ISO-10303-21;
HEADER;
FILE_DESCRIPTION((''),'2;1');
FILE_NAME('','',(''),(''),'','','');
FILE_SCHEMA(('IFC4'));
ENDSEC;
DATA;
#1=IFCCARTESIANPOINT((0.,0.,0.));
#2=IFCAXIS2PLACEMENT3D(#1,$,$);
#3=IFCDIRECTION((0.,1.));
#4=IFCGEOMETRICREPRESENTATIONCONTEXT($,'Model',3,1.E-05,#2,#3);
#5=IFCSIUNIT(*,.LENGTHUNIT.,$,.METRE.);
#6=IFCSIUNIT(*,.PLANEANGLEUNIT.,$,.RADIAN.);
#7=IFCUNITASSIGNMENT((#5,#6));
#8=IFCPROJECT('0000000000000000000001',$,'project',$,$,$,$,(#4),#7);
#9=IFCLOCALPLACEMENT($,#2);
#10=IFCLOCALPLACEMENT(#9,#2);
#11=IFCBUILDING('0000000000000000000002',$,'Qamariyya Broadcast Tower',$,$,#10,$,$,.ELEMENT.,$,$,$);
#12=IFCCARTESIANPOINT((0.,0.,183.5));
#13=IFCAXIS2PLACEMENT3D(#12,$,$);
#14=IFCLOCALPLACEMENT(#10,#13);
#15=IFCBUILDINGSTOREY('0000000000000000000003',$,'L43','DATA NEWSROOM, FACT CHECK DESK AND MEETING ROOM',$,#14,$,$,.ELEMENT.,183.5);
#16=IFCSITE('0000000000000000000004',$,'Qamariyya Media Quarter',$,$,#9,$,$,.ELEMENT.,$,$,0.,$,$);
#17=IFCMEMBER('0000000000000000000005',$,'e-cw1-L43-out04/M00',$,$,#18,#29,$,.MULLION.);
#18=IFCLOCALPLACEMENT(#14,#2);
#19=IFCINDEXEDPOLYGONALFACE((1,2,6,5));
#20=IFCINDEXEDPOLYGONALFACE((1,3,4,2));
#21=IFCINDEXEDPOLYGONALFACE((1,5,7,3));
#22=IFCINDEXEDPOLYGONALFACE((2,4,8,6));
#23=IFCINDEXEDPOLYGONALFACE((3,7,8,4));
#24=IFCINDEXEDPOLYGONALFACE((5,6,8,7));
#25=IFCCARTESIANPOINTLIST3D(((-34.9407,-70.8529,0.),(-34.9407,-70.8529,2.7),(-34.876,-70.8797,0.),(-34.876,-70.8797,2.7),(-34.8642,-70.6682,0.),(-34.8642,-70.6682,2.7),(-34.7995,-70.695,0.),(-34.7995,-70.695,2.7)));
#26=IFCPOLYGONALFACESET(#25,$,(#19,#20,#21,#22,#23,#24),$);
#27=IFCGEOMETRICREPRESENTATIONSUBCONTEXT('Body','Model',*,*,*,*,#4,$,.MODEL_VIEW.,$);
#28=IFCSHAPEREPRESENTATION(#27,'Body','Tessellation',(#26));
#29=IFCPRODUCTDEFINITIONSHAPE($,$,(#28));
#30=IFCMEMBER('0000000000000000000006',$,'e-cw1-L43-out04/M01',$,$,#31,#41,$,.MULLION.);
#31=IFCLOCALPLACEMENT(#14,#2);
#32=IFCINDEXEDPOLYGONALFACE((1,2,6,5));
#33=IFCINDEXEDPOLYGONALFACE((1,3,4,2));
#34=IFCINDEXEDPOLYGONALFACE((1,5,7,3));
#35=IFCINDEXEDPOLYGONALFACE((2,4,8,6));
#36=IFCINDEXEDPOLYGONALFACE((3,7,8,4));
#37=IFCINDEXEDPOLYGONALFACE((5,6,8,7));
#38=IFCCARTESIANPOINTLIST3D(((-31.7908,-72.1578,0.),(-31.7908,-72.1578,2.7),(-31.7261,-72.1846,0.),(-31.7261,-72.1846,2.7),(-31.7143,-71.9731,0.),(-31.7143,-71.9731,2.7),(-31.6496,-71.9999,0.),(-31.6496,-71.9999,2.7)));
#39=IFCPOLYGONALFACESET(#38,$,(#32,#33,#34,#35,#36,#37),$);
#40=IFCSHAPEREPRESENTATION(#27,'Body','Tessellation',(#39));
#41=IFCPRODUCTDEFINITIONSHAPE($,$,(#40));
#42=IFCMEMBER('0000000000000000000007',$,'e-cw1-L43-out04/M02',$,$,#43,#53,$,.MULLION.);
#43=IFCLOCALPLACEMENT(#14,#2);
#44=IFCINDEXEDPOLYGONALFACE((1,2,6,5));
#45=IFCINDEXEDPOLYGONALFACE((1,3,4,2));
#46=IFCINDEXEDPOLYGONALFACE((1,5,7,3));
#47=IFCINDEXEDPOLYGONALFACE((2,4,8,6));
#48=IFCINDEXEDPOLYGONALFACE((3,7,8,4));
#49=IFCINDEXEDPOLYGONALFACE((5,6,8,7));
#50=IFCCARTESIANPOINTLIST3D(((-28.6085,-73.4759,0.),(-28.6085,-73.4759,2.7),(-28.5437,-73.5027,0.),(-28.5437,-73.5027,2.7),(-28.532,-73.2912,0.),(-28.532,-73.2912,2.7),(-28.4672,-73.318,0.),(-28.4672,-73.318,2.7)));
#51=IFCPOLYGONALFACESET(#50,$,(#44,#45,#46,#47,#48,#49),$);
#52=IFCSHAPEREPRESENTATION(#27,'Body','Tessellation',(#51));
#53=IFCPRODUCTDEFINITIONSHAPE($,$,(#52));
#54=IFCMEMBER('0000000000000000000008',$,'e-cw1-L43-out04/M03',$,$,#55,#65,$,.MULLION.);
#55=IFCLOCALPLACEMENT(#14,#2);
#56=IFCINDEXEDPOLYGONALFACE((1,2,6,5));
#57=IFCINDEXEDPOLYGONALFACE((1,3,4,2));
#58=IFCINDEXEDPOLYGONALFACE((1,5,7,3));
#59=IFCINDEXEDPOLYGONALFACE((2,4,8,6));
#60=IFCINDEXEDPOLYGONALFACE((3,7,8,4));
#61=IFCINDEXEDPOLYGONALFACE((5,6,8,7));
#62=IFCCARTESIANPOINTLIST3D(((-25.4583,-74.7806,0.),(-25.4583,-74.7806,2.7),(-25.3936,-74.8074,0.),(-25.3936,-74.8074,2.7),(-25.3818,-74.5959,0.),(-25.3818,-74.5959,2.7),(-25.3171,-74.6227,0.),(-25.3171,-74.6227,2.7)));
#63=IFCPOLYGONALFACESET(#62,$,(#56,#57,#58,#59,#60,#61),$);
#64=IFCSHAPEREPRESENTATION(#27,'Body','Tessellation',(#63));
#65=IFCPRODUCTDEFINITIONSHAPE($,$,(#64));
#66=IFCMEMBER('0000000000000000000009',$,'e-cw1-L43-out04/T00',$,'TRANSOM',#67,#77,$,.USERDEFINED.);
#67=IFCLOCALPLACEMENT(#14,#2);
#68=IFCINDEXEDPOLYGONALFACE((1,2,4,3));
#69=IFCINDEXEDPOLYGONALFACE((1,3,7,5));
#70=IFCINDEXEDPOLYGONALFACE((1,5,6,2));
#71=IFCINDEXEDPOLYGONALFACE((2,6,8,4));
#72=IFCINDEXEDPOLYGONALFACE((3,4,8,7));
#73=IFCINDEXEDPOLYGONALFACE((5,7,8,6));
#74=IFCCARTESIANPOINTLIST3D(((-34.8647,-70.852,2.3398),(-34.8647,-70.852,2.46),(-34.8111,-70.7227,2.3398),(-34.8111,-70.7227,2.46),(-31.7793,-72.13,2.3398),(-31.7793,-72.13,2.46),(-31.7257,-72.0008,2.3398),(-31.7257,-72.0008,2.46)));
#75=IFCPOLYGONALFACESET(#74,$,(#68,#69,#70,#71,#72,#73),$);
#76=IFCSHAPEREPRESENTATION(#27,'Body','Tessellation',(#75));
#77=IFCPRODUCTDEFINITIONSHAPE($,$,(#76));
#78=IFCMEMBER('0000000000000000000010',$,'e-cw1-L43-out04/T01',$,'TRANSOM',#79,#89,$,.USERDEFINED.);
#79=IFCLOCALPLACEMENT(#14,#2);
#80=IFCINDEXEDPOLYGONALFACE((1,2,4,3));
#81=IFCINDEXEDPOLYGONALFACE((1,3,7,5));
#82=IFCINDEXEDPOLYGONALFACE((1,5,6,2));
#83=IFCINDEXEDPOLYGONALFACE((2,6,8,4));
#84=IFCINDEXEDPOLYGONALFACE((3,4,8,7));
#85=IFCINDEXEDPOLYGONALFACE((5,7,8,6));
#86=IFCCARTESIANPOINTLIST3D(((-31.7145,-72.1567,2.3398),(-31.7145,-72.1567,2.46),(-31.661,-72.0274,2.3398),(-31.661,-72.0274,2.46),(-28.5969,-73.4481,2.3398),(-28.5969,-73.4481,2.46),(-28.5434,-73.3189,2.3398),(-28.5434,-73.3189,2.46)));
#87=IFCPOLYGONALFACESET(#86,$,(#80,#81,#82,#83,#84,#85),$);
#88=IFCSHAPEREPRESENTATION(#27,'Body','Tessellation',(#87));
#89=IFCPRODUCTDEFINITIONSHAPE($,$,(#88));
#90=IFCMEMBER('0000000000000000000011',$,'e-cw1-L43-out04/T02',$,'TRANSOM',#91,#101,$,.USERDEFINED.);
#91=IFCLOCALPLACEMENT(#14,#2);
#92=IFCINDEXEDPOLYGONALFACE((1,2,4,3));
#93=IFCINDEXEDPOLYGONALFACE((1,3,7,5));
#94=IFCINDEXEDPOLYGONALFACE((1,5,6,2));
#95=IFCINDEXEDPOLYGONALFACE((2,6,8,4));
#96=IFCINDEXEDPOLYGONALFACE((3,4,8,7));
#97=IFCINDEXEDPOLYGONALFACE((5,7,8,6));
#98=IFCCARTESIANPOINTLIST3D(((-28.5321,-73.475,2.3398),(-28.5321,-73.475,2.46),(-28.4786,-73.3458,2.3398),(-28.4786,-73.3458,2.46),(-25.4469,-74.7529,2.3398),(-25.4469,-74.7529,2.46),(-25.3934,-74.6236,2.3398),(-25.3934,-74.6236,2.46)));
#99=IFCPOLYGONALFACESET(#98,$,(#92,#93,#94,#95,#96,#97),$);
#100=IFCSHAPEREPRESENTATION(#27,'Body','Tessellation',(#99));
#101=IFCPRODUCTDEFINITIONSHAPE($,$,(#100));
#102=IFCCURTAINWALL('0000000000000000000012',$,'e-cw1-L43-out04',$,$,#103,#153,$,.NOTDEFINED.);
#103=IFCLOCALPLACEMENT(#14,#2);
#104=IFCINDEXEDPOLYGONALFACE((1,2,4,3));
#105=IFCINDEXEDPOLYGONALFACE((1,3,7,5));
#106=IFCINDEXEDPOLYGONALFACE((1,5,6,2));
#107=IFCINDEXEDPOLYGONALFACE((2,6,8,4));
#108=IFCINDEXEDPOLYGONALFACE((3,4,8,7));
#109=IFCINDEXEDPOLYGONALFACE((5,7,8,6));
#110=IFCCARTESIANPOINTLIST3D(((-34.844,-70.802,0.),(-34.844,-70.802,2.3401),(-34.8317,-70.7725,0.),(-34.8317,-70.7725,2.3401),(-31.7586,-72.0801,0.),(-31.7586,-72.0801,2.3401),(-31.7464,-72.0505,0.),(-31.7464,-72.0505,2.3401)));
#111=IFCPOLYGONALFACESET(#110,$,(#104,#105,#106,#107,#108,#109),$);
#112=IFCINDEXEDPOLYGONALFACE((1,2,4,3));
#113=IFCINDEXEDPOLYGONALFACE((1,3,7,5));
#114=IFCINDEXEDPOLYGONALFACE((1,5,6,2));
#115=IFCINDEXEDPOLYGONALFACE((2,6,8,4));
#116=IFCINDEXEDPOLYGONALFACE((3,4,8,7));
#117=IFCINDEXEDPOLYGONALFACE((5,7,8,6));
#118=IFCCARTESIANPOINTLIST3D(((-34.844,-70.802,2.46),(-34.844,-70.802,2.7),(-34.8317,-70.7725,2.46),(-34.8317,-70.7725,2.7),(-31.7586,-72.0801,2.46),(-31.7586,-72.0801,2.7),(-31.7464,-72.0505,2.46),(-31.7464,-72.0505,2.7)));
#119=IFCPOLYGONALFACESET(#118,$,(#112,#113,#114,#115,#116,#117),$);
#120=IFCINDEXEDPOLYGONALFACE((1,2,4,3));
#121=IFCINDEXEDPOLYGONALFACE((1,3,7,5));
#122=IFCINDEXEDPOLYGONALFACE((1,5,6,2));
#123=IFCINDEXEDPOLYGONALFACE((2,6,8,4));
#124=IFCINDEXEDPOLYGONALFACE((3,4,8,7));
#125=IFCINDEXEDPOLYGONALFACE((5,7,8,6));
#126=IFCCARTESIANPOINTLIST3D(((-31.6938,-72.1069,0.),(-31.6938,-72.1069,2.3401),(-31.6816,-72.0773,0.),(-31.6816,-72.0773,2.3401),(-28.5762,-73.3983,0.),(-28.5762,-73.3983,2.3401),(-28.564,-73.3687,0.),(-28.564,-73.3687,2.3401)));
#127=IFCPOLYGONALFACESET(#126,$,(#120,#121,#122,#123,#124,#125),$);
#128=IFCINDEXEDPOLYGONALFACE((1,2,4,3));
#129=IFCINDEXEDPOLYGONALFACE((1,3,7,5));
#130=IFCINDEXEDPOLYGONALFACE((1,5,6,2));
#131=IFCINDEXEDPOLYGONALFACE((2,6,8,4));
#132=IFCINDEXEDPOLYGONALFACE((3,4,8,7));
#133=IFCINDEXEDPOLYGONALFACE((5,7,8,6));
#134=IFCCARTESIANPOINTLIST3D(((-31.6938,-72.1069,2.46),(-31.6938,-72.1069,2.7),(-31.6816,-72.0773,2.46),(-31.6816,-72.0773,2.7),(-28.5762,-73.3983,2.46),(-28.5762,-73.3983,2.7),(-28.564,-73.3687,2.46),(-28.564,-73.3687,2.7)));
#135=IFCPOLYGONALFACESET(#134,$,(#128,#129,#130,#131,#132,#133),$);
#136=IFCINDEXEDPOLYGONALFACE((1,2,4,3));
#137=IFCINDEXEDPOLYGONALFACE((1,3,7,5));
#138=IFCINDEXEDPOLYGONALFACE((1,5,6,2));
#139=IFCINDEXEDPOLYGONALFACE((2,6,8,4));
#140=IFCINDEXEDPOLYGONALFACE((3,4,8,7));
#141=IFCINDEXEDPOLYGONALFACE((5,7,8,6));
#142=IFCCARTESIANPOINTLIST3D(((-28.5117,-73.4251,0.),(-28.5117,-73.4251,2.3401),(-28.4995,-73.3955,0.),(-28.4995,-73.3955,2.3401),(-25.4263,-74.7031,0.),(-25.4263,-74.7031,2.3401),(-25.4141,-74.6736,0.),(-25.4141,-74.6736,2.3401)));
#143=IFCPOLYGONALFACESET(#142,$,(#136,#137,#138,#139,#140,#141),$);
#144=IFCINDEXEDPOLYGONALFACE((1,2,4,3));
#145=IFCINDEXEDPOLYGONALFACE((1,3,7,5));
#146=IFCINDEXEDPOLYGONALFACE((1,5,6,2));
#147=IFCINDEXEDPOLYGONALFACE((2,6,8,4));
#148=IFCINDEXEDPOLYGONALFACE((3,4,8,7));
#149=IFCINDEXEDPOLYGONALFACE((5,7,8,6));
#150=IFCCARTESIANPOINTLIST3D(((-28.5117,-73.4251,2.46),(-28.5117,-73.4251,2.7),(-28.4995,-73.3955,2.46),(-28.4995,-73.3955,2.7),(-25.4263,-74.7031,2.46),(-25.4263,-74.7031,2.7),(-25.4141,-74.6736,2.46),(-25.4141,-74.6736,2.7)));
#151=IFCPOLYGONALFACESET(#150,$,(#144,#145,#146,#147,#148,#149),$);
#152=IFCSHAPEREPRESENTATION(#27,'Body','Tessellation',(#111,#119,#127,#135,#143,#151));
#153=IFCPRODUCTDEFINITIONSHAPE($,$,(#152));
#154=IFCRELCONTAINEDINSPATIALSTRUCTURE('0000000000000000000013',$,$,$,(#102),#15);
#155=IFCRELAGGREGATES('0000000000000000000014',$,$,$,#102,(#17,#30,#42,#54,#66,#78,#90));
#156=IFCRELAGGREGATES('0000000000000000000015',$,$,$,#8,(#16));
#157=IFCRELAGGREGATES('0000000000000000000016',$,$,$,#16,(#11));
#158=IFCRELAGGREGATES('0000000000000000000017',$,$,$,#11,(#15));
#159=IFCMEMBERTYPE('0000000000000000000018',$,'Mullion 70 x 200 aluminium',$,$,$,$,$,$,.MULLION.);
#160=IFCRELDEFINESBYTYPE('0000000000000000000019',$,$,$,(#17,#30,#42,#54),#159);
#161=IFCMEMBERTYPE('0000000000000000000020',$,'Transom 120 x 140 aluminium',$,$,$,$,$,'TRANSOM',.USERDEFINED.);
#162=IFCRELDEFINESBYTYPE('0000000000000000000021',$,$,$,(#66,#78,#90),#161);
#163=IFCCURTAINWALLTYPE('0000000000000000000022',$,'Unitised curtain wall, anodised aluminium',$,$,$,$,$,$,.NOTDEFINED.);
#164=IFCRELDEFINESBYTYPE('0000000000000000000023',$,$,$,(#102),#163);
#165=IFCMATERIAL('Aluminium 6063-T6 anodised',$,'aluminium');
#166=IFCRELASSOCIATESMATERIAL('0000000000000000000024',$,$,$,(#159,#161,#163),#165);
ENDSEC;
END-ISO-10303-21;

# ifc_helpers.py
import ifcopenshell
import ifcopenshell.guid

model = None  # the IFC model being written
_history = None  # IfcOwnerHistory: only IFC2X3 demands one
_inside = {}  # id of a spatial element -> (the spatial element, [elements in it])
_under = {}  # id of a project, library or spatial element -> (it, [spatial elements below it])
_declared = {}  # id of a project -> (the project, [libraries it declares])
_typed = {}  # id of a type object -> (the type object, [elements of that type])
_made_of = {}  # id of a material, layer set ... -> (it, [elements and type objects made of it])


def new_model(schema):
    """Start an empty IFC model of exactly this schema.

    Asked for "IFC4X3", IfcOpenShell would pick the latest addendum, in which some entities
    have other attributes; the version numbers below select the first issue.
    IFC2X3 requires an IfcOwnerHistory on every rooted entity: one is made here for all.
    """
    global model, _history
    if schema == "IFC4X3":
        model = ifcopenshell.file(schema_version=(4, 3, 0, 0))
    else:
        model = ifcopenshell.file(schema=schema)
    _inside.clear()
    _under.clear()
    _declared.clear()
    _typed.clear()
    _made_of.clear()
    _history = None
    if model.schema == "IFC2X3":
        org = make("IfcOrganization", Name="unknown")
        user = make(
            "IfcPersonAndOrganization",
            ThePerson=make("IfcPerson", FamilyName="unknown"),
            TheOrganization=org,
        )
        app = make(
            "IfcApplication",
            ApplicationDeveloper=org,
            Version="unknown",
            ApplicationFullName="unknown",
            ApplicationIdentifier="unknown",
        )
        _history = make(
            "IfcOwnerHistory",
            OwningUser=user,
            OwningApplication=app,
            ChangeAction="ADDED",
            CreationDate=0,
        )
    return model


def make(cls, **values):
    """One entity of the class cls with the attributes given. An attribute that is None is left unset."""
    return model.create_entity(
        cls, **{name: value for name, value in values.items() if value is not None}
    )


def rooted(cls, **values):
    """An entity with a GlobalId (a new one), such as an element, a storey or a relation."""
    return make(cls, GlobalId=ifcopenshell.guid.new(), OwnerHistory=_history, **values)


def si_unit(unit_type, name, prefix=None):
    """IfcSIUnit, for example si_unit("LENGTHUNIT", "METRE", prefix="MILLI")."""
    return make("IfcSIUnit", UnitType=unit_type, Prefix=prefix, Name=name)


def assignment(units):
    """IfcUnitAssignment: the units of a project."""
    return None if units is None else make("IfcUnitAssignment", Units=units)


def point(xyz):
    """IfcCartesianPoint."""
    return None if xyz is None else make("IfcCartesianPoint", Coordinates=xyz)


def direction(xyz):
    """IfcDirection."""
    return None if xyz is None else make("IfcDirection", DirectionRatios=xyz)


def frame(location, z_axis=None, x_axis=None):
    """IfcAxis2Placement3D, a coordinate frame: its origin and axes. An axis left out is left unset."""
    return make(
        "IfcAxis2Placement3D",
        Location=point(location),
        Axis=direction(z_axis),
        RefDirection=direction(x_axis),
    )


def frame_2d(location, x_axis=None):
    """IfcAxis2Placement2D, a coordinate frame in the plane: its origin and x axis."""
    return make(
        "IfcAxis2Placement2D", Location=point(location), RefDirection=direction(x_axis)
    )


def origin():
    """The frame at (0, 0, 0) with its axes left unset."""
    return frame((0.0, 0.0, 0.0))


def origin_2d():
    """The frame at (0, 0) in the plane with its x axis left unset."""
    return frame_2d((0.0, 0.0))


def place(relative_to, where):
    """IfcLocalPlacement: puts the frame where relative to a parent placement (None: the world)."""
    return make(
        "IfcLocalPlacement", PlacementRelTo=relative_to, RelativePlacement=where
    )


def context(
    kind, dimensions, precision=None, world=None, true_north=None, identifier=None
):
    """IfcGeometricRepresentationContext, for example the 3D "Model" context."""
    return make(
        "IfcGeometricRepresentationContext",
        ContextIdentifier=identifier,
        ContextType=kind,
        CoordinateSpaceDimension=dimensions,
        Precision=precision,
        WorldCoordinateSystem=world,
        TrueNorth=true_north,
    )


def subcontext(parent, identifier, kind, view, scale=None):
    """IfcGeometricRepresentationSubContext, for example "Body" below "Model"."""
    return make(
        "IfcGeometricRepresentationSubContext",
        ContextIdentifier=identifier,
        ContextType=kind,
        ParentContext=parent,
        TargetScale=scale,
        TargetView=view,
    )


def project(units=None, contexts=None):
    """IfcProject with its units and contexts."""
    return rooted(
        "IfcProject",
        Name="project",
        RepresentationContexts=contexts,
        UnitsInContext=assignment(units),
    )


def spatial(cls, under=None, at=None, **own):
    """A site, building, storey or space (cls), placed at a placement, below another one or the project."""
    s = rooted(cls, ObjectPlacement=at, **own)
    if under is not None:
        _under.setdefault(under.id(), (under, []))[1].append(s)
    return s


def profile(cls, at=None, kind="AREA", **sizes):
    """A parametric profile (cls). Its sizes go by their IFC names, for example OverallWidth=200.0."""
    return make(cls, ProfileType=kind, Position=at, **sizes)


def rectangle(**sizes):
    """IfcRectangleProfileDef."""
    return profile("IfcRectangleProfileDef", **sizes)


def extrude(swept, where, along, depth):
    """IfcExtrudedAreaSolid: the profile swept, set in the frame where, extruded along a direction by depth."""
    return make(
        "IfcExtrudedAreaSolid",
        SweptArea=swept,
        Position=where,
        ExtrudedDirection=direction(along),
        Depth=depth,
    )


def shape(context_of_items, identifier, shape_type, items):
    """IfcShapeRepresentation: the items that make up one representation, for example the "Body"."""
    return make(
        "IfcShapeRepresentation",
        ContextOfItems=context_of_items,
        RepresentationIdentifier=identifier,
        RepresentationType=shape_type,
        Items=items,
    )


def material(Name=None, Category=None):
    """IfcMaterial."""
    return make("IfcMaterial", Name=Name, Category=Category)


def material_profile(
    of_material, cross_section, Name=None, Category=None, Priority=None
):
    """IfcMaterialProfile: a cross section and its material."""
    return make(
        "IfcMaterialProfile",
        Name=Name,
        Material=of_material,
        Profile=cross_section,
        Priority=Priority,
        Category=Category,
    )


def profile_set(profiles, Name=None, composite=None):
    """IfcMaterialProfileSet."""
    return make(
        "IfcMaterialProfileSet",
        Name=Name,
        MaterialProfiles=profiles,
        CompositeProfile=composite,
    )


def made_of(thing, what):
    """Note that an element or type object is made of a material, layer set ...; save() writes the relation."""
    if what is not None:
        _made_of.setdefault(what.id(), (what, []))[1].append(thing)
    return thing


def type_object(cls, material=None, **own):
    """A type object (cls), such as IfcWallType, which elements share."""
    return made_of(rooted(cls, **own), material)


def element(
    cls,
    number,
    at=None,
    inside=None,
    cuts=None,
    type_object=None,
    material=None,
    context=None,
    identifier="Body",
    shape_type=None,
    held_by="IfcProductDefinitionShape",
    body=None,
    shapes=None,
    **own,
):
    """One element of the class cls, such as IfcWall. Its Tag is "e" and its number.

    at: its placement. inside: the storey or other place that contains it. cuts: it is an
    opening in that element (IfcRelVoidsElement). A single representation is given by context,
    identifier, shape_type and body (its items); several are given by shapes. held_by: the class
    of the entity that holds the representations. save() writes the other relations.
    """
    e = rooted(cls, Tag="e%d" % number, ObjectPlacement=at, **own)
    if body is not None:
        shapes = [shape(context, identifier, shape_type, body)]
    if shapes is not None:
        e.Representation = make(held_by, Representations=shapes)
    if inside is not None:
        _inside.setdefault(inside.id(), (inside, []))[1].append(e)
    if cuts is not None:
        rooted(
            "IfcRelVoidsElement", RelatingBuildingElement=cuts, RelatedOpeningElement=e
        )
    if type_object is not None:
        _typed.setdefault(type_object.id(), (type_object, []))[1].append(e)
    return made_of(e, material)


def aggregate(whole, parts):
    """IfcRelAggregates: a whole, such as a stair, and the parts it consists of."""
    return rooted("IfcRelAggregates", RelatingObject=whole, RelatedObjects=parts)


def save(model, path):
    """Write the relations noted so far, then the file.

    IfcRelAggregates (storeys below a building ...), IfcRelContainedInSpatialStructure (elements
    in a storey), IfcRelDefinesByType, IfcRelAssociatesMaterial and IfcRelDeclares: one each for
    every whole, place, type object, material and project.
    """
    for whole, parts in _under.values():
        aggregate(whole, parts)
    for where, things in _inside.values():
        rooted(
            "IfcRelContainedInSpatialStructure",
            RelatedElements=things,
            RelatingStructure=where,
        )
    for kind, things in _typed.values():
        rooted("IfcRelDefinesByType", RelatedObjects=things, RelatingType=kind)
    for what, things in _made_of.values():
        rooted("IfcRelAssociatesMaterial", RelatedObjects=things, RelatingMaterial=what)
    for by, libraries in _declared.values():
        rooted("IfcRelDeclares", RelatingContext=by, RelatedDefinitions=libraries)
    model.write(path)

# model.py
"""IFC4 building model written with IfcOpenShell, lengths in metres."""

from ifc_helpers import new_model, si_unit, direction, frame, origin, origin_2d, place, context, subcontext, project, spatial, rectangle, extrude, material, material_profile, profile_set, type_object, element, aggregate, save


model = new_model("IFC4")

# Units and contexts
model_context = context("Model", 3, precision=1e-05, world=origin(), true_north=direction((0.0, 1.0)))
body_context = subcontext(model_context, "Body", "Model", "MODEL_VIEW")
ifc_project = project(units=[si_unit("LENGTHUNIT", "METRE"), si_unit("PLANEANGLEUNIT", "RADIAN")], contexts=[model_context])

# Members
ifc_material = material(Name="Aluminium 6063-T6 anodised", Category="aluminium")
ifc_material_profile_1 = material_profile(ifc_material, rectangle(XDim=0.2, YDim=0.0701, at=origin_2d()))
ifc_profile_set_1 = profile_set([ifc_material_profile_1], Name="Aluminium 6063-T6 anodised")
member_type_1 = type_object("IfcMemberType", Name="Mullion 70 x 200 aluminium", PredefinedType="MULLION", material=ifc_profile_set_1)
site_placement = place(None, origin())
building_placement = place(site_placement, origin())
storey_placement = place(building_placement, frame((0.0, 0.0, 183.5)))
member_1_placement = place(storey_placement, frame((-34.8701, -70.7739, 0.0), z_axis=(0.0, 0.0, 1.0), x_axis=(0.382683, 0.92388, 0.0)))
member_1 = element("IfcMember", 1, at=member_1_placement, type_object=member_type_1, Name="e-cw1-L43-out04/M00", PredefinedType="MULLION", context=body_context, shape_type="SweptSolid", body=[
    extrude(rectangle(XDim=0.2, YDim=0.0701, at=origin_2d()), origin(), (0.0, 0.0, 1.0), 2.7),
])
member_2_placement = place(storey_placement, frame((-31.7202, -72.0789, 0.0), z_axis=(0.0, 0.0, 1.0), x_axis=(0.382683, 0.92388, 0.0)))
member_2 = element("IfcMember", 2, at=member_2_placement, type_object=member_type_1, Name="e-cw1-L43-out04/M01", PredefinedType="MULLION", context=body_context, shape_type="SweptSolid", body=[
    extrude(rectangle(XDim=0.2, YDim=0.0701, at=origin_2d()), origin(), (0.0, 0.0, 1.0), 2.7),
])
member_3_placement = place(storey_placement, frame((-28.5378, -73.397, 0.0), z_axis=(0.0, 0.0, 1.0), x_axis=(0.382683, 0.92388, 0.0)))
member_3 = element("IfcMember", 3, at=member_3_placement, type_object=member_type_1, Name="e-cw1-L43-out04/M02", PredefinedType="MULLION", context=body_context, shape_type="SweptSolid", body=[
    extrude(rectangle(XDim=0.2, YDim=0.0701, at=origin_2d()), origin(), (0.0, 0.0, 1.0), 2.7),
])
member_4_placement = place(storey_placement, frame((-25.3877, -74.7017, 0.0), z_axis=(0.0, 0.0, 1.0), x_axis=(0.382683, 0.92388, 0.0)))
member_4 = element("IfcMember", 4, at=member_4_placement, type_object=member_type_1, Name="e-cw1-L43-out04/M03", PredefinedType="MULLION", context=body_context, shape_type="SweptSolid", body=[
    extrude(rectangle(XDim=0.2, YDim=0.0701, at=origin_2d()), origin(), (0.0, 0.0, 1.0), 2.7),
])
ifc_material_profile_2 = material_profile(ifc_material, rectangle(XDim=0.1399, YDim=0.1201, at=origin_2d()))
ifc_profile_set_2 = profile_set([ifc_material_profile_2], Name="Aluminium 6063-T6 anodised")
member_type_2 = type_object("IfcMemberType", Name="Transom 120 x 140 aluminium", ElementType="TRANSOM", PredefinedType="USERDEFINED", material=ifc_profile_set_2)
member_5_placement = place(storey_placement, frame((-34.8379, -70.7874, 2.3999), z_axis=(0.923875, -0.382694, 0.0), x_axis=(0.382694, 0.923875, 0.0)))
member_5 = element("IfcMember", 5, at=member_5_placement, type_object=member_type_2, Name="e-cw1-L43-out04/T00", ObjectType="TRANSOM", PredefinedType="USERDEFINED", context=body_context, shape_type="SweptSolid", body=[
    extrude(rectangle(XDim=0.1399, YDim=0.1201, at=origin_2d()), origin(), (0.0, 0.0, 1.0), 3.3396),
])
member_6_placement = place(storey_placement, frame((-31.6877, -72.092, 2.3999), z_axis=(0.923867, -0.382714, 0.0), x_axis=(0.382714, 0.923867, 0.0)))
member_6 = element("IfcMember", 6, at=member_6_placement, type_object=member_type_2, Name="e-cw1-L43-out04/T01", ObjectType="TRANSOM", PredefinedType="USERDEFINED", context=body_context, shape_type="SweptSolid", body=[
    extrude(rectangle(XDim=0.1399, YDim=0.1201, at=origin_2d()), origin(), (0.0, 0.0, 1.0), 3.3745),
])
member_7_placement = place(storey_placement, frame((-28.5054, -73.4104, 2.3999), z_axis=(0.92389, -0.382657, 0.0), x_axis=(0.382657, 0.92389, 0.0)))
member_7 = element("IfcMember", 7, at=member_7_placement, type_object=member_type_2, Name="e-cw1-L43-out04/T02", ObjectType="TRANSOM", PredefinedType="USERDEFINED", context=body_context, shape_type="SweptSolid", body=[
    extrude(rectangle(XDim=0.1399, YDim=0.1201, at=origin_2d()), origin(), (0.0, 0.0, 1.0), 3.3394),
])

# Site, building, storey
site = spatial("IfcSite", under=ifc_project, at=site_placement, Name="Qamariyya Media Quarter", CompositionType="ELEMENT", RefElevation=0.0)
building = spatial("IfcBuilding", under=site, at=building_placement, Name="Qamariyya Broadcast Tower", CompositionType="ELEMENT")
storey = spatial("IfcBuildingStorey", under=building, at=storey_placement, Name="L43", Description="DATA NEWSROOM, FACT CHECK DESK AND MEETING ROOM", CompositionType="ELEMENT", Elevation=183.5)

# Curtain wall
curtain_wall_type = type_object("IfcCurtainWallType", Name="Unitised curtain wall, anodised aluminium", PredefinedType="NOTDEFINED", material=ifc_material)
curtain_wall_1_placement = place(storey_placement, origin())
curtain_wall_1 = element("IfcCurtainWall", 8, at=curtain_wall_1_placement, inside=storey, type_object=curtain_wall_type, Name="e-cw1-L43-out04", PredefinedType="NOTDEFINED", context=body_context, shape_type="SweptSolid", body=[
    extrude(rectangle(XDim=3.3396, YDim=0.032, at=origin_2d()), frame((-33.2952, -71.4263, 0.0), x_axis=(0.923878, -0.382687, 0.0)), (0.0, 0.0, 1.0), 2.3401),
    extrude(rectangle(XDim=3.3396, YDim=0.032, at=origin_2d()), frame((-33.2952, -71.4263, 2.46), x_axis=(0.923878, -0.382687, 0.0)), (0.0, 0.0, 1.0), 0.24),
    extrude(rectangle(XDim=3.3745, YDim=0.032, at=origin_2d()), frame((-30.1289, -72.7378, 0.0), x_axis=(0.923878, -0.382687, 0.0)), (0.0, 0.0, 1.0), 2.3401),
    extrude(rectangle(XDim=3.3745, YDim=0.032, at=origin_2d()), frame((-30.1289, -72.7378, 2.46), x_axis=(0.923878, -0.382687, 0.0)), (0.0, 0.0, 1.0), 0.24),
    extrude(rectangle(XDim=3.3396, YDim=0.032, at=origin_2d()), frame((-26.9629, -74.0493, 0.0), x_axis=(0.923878, -0.382687, 0.0)), (0.0, 0.0, 1.0), 2.3401),
    extrude(rectangle(XDim=3.3396, YDim=0.032, at=origin_2d()), frame((-26.9629, -74.0493, 2.46), x_axis=(0.923878, -0.382687, 0.0)), (0.0, 0.0, 1.0), 0.24),
])
aggregate(curtain_wall_1, [member_1, member_2, member_3, member_4, member_5, member_6, member_7])

save(model, "model.ifc")
